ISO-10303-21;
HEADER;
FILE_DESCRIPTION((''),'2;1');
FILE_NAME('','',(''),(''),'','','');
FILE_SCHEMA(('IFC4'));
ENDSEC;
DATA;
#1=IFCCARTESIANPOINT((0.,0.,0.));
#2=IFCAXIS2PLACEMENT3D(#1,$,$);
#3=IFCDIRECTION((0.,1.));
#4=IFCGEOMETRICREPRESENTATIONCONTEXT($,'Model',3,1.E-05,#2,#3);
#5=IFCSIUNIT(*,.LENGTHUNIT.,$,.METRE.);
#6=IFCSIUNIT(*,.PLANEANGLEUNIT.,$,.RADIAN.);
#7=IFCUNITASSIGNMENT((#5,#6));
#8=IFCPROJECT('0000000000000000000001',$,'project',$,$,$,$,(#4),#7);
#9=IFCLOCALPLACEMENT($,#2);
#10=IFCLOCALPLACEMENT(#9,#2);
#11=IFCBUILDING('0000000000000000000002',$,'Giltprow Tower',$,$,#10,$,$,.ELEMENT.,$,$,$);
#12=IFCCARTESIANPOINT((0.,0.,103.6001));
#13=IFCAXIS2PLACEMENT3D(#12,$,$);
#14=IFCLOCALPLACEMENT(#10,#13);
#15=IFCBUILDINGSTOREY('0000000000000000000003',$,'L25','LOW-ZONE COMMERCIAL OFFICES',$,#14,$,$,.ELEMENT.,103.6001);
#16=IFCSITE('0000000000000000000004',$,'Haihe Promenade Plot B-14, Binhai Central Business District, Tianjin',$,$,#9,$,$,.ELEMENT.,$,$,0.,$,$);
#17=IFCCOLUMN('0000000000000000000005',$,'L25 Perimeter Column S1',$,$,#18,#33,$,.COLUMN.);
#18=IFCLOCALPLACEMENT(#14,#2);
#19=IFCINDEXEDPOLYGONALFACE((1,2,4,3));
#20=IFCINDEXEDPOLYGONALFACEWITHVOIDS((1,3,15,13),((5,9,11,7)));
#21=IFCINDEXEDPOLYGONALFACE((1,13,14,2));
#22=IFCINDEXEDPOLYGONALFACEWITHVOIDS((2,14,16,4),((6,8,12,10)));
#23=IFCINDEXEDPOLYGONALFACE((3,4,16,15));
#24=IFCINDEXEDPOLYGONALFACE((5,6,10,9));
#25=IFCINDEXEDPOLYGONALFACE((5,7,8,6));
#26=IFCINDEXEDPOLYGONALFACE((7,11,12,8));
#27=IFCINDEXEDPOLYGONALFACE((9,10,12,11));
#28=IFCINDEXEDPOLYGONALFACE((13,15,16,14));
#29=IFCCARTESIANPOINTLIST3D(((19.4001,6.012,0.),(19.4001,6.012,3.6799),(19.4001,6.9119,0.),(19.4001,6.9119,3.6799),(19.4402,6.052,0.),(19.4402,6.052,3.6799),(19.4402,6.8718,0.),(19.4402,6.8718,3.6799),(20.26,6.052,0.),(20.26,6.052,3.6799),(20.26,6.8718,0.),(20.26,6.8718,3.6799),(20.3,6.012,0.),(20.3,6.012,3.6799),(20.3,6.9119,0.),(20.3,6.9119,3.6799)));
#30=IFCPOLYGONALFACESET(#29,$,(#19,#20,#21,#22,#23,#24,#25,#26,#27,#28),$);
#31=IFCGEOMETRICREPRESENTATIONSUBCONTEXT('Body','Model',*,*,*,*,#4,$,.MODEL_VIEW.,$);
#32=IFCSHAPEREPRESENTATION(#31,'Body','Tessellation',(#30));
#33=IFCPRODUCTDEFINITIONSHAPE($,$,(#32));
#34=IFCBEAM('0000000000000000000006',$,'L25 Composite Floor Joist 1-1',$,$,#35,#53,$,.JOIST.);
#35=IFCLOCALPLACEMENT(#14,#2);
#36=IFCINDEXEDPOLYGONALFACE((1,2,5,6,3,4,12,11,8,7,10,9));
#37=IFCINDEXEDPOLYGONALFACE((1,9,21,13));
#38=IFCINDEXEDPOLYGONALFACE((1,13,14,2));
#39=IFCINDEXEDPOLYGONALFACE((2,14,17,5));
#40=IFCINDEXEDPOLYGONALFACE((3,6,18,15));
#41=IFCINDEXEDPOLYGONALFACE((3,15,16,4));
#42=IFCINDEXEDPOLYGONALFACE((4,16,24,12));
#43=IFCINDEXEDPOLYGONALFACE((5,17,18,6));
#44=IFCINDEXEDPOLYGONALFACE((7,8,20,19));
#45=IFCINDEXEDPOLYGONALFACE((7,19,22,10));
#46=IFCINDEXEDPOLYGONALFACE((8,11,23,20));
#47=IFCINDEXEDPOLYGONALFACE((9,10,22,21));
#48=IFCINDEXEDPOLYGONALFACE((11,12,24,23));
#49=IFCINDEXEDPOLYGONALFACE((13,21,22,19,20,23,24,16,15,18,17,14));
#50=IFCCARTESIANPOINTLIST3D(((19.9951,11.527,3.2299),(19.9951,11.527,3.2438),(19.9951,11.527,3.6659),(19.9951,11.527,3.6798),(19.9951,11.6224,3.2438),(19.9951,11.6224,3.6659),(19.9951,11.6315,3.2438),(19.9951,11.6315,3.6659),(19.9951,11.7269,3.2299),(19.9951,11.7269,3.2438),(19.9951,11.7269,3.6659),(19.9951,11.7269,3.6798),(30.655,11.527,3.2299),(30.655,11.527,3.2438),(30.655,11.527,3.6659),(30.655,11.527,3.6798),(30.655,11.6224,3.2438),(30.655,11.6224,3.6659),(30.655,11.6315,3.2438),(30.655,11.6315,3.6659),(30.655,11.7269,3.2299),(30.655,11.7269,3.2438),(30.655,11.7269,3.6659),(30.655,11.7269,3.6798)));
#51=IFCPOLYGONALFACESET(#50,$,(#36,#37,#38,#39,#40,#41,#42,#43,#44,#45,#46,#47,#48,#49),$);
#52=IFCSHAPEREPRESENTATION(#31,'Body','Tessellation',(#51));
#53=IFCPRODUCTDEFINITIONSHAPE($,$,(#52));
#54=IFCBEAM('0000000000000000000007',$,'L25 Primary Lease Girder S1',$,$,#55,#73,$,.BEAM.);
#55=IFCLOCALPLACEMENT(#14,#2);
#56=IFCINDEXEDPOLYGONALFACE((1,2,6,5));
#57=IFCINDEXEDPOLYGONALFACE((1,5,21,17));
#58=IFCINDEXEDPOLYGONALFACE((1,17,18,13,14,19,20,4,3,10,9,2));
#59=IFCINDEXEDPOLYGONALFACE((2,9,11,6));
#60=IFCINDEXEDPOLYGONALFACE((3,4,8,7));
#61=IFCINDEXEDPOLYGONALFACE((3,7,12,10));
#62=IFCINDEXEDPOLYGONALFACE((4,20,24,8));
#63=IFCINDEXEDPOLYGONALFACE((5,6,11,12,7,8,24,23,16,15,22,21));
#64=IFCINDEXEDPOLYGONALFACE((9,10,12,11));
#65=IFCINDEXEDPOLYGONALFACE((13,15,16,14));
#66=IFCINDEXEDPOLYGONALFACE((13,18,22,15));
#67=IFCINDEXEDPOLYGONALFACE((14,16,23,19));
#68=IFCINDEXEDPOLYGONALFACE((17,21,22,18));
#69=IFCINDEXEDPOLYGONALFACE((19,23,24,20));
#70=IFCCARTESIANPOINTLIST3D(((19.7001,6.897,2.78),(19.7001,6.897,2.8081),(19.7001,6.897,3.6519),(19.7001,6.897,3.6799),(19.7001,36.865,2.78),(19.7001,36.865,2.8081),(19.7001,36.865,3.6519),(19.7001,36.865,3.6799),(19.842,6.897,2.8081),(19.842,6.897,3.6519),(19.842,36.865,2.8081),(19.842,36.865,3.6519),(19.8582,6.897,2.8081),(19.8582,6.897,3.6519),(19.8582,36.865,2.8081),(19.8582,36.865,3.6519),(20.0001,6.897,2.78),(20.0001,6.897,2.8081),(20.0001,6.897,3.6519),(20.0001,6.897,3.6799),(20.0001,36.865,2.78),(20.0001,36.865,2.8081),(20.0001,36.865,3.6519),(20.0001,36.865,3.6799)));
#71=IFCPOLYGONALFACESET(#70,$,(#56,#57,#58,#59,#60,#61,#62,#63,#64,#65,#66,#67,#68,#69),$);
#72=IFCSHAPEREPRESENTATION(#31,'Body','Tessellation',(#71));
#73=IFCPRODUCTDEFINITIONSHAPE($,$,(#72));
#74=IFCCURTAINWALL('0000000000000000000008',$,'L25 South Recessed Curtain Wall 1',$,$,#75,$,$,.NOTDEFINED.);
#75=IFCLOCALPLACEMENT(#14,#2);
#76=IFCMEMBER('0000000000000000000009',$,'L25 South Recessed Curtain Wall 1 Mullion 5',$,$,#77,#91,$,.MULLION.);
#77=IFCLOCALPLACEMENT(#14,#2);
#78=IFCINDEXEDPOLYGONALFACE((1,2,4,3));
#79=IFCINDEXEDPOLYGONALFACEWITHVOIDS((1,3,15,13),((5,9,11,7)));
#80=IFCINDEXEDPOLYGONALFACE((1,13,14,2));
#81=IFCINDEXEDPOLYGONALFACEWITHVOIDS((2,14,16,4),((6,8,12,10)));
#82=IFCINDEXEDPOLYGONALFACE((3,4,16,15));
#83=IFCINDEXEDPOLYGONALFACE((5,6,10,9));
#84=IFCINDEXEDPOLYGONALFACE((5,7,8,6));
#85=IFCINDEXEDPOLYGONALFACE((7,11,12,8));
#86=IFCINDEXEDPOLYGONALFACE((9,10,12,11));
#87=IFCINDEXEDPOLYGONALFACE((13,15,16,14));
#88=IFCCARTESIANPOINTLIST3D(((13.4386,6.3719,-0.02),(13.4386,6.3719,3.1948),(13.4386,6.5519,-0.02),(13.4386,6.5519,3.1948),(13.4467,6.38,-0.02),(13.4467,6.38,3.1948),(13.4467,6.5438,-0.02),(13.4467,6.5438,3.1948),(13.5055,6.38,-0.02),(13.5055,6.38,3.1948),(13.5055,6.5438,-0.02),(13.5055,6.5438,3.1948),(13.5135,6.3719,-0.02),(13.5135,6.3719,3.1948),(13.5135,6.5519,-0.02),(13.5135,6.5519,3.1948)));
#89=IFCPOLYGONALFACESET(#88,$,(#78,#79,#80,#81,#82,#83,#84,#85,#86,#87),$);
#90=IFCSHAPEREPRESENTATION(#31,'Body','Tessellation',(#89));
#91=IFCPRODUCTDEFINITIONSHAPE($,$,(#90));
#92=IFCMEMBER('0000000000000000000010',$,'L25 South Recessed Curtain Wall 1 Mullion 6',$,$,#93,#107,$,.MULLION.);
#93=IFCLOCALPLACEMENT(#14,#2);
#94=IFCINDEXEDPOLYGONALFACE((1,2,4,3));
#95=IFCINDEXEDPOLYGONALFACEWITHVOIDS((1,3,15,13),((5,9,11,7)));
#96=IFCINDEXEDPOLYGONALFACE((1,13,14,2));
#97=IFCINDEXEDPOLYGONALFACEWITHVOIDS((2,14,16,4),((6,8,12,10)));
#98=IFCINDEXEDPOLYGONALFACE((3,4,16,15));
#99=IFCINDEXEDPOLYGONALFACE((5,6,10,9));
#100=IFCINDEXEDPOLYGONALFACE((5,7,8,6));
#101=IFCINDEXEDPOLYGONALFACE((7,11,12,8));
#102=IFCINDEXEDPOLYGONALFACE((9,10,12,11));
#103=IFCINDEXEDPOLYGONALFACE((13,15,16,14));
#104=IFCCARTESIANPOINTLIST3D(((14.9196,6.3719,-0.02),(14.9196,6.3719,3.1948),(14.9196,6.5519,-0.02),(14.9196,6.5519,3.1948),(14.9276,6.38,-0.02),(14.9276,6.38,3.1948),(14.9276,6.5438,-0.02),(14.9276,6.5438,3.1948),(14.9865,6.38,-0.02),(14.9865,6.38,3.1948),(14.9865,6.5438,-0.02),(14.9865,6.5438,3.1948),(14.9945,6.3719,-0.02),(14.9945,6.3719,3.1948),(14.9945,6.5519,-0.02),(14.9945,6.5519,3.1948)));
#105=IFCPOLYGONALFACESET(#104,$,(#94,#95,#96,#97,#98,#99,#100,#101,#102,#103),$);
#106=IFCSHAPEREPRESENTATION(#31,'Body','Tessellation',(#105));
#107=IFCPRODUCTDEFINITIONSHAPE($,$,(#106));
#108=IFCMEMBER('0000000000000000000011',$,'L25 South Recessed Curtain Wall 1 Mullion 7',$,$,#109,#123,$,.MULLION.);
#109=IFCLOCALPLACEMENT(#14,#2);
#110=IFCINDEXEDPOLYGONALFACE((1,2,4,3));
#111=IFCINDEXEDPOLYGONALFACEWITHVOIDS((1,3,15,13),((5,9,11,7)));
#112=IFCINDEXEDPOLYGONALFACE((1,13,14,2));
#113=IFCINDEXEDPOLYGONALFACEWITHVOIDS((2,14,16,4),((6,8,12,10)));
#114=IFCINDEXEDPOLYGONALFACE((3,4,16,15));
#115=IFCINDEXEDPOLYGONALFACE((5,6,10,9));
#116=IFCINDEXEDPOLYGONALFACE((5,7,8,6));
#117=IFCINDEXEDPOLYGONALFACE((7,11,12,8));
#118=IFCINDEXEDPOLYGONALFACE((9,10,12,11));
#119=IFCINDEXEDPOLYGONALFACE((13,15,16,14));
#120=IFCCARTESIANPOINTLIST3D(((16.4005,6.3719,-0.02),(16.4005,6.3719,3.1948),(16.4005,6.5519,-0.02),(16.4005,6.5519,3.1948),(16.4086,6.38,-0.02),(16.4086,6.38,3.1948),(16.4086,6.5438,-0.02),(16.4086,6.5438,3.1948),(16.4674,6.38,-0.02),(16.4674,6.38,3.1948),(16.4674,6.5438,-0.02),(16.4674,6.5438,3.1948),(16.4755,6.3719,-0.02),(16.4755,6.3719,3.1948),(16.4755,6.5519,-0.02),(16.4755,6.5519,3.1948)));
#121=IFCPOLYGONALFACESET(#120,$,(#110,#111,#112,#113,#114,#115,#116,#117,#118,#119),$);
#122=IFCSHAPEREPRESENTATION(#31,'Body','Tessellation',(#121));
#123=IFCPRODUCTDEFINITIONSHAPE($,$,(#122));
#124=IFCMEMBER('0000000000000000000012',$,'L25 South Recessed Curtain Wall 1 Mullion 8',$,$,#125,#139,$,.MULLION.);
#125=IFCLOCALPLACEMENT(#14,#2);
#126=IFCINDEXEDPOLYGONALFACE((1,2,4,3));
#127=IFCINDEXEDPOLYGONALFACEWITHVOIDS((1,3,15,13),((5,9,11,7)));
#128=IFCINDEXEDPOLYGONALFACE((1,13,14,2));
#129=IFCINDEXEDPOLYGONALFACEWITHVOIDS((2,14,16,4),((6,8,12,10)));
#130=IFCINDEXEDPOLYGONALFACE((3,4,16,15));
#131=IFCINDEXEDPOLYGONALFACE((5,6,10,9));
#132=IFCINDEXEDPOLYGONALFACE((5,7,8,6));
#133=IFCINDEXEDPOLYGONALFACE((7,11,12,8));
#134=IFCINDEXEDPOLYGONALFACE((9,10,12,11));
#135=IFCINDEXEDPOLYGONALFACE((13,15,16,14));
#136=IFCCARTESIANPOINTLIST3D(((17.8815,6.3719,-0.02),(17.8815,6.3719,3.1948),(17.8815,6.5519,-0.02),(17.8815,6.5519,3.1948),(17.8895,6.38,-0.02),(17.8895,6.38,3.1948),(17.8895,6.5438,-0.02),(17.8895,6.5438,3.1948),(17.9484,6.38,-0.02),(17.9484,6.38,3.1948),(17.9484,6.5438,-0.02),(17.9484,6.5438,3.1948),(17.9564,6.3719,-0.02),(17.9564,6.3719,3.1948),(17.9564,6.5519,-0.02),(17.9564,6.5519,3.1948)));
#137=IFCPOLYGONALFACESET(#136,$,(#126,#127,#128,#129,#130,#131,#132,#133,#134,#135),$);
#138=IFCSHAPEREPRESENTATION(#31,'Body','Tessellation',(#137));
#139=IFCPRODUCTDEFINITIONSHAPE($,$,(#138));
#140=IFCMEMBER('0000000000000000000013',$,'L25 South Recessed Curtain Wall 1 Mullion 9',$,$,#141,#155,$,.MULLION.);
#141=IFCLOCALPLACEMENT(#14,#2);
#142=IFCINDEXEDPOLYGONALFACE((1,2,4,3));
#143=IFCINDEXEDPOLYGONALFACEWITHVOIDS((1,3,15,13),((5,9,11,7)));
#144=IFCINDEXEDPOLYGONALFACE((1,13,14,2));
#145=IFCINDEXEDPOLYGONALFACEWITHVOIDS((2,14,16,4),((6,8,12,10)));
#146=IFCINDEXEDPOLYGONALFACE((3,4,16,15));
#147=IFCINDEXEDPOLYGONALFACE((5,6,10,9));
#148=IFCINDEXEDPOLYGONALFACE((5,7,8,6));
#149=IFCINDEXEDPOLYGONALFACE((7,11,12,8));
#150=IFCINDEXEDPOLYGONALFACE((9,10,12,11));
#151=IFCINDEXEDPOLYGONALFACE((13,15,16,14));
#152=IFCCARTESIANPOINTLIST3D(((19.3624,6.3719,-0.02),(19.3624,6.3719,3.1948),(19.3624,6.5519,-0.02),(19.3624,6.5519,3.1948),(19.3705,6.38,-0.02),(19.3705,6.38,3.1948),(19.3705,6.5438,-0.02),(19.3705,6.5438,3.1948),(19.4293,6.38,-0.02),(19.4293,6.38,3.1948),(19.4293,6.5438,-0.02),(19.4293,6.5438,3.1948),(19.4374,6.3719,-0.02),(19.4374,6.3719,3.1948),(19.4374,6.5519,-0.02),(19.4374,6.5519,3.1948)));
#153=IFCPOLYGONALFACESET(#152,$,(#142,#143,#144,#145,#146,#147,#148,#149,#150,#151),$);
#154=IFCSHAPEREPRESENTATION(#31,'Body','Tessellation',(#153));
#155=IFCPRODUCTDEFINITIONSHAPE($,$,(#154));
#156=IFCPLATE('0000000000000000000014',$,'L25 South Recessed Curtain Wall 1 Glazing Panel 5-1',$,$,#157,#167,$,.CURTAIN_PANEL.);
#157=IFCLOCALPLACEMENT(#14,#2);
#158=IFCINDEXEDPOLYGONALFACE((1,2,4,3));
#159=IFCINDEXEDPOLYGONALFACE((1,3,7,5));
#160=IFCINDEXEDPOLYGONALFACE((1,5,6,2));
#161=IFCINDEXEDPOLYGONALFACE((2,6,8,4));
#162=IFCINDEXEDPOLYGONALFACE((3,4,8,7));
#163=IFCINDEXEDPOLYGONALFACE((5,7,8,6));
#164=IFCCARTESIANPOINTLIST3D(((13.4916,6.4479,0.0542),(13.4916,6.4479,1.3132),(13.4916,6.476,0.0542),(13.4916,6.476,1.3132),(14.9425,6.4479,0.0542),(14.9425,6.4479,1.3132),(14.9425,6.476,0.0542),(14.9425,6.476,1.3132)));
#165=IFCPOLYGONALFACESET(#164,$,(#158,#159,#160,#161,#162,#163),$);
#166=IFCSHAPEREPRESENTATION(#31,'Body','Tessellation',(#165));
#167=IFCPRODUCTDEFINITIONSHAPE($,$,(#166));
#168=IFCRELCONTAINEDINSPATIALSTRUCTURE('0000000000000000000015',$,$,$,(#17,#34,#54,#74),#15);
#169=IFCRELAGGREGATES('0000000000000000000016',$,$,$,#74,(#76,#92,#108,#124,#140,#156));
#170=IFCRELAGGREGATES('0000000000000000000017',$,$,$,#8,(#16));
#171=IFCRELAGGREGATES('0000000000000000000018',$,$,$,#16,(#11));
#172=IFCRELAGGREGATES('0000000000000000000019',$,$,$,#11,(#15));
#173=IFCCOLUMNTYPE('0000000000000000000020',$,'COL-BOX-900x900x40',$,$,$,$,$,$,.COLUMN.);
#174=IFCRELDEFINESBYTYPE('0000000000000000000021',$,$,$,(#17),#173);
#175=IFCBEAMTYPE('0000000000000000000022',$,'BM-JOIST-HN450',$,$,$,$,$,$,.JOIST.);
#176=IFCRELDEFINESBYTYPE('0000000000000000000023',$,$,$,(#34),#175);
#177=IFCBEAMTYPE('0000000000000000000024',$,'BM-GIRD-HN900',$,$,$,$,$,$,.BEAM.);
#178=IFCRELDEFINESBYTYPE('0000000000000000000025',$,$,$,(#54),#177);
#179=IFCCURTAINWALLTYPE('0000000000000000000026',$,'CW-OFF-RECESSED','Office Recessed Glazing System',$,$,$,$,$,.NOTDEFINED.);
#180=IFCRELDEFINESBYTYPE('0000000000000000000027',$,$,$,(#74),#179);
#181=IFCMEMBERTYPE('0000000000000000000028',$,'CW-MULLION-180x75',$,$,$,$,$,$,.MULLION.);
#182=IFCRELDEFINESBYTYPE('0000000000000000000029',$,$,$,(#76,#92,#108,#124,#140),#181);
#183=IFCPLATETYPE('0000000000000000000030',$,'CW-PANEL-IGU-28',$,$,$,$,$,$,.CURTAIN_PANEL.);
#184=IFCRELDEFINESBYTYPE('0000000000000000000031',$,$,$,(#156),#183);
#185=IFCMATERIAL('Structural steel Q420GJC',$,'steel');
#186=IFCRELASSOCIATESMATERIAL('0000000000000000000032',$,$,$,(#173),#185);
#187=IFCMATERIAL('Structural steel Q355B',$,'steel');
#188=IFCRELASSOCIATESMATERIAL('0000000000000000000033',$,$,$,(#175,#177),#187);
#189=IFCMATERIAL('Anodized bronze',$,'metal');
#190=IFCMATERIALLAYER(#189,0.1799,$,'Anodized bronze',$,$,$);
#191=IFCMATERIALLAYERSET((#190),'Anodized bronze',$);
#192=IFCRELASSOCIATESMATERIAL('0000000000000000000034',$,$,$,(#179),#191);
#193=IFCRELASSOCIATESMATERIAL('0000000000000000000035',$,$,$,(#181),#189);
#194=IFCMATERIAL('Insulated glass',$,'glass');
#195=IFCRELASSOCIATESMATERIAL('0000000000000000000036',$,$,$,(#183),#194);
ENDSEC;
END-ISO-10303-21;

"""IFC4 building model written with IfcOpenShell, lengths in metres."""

from ifc_helpers import new_model, si_unit, direction, frame, origin, origin_2d, place, context, subcontext, project, spatial, rectangle, hollow_rectangle, i_section, extrude, source, transform, mapped, material, layer, layer_set, material_profile, profile_set, type_object, element, aggregate, save


model = new_model("IFC4")

# Units and contexts
model_context = context("Model", 3, precision=1e-05, world=origin(), true_north=direction((0.0, 1.0)))
body_context = subcontext(model_context, "Body", "Model", "MODEL_VIEW")
ifc_project = project(units=[si_unit("LENGTHUNIT", "METRE"), si_unit("PLANEANGLEUNIT", "RADIAN")], contexts=[model_context])

# Site, building, storey
site_placement = place(None, origin())
site = spatial("IfcSite", under=ifc_project, at=site_placement, Name="Haihe Promenade Plot B-14, Binhai Central Business District, Tianjin", CompositionType="ELEMENT", RefElevation=0.0)
building_placement = place(site_placement, origin())
building = spatial("IfcBuilding", under=site, at=building_placement, Name="Giltprow Tower", CompositionType="ELEMENT")
storey_placement = place(building_placement, frame((0.0, 0.0, 103.6001)))
storey = spatial("IfcBuildingStorey", under=building, at=storey_placement, Name="L25", Description="LOW-ZONE COMMERCIAL OFFICES", CompositionType="ELEMENT", Elevation=103.6001)

# Column
ifc_material_1 = material(Name="Structural steel Q420GJC", Category="steel")
ifc_material_profile_1 = material_profile(ifc_material_1, hollow_rectangle(XDim=0.8999, YDim=0.8999, WallThickness=0.04, at=origin_2d()), Name="BOX 900x900x40")
ifc_profile_set_1 = profile_set([ifc_material_profile_1], Name="Structural steel Q420GJC")
column_type = type_object("IfcColumnType", Name="COL-BOX-900x900x40", PredefinedType="COLUMN", material=ifc_profile_set_1)
shared_shape_1 = source(origin(), body_context, "Body", "SweptSolid", [
    extrude(hollow_rectangle(XDim=0.8999, YDim=0.8999, WallThickness=0.04, at=origin_2d()), origin(), (0.0, 0.0, 1.0), 3.6799),
])
column_placement = place(storey_placement, frame((19.8501, 6.4619, 0.0), z_axis=(0.0, 0.0, 1.0), x_axis=(1.0, 0.0, 0.0)))
element("IfcColumn", 1, at=column_placement, inside=storey, type_object=column_type, Name="L25 Perimeter Column S1", PredefinedType="COLUMN", context=body_context, shape_type="MappedRepresentation", body=[
    mapped(shared_shape_1, transform((0.0, 0.0, 0.0), x_axis=(1.0, 0.0, 0.0), y_axis=(0.0, 1.0, 0.0), z_axis=(0.0, 0.0, 1.0), scale=1.0)),
])

# Beams
ifc_material_2 = material(Name="Structural steel Q355B", Category="steel")
ifc_material_profile_2 = material_profile(ifc_material_2, i_section(OverallWidth=0.2, OverallDepth=0.45, WebThickness=0.009, FlangeThickness=0.0139, at=origin_2d()), Name="HN 450x200x9x14")
ifc_profile_set_2 = profile_set([ifc_material_profile_2], Name="Structural steel Q355B")
beam_type_1 = type_object("IfcBeamType", Name="BM-JOIST-HN450", PredefinedType="JOIST", material=ifc_profile_set_2)
shared_shape_2 = source(origin(), body_context, "Body", "SweptSolid", [
    extrude(i_section(OverallWidth=0.2, OverallDepth=0.45, WebThickness=0.009, FlangeThickness=0.0139, at=origin_2d()), origin(), (0.0, 0.0, 1.0), 10.6599),
])
beam_1_placement = place(storey_placement, frame((19.9951, 11.627, 3.4548), z_axis=(1.0, 0.0, 0.0), x_axis=(0.0, 1.0, 0.0)))
element("IfcBeam", 2, at=beam_1_placement, inside=storey, type_object=beam_type_1, Name="L25 Composite Floor Joist 1-1", PredefinedType="JOIST", context=body_context, shape_type="MappedRepresentation", body=[
    mapped(shared_shape_2, transform((0.0, 0.0, 0.0), x_axis=(1.0, 0.0, 0.0), y_axis=(0.0, 1.0, 0.0), z_axis=(0.0, 0.0, 1.0), scale=1.0)),
])
ifc_material_profile_3 = material_profile(ifc_material_2, i_section(OverallWidth=0.3, OverallDepth=0.8999, WebThickness=0.0161, FlangeThickness=0.0281, at=origin_2d()), Name="HN 900x300x16x28")
ifc_profile_set_3 = profile_set([ifc_material_profile_3], Name="Structural steel Q355B")
beam_type_2 = type_object("IfcBeamType", Name="BM-GIRD-HN900", PredefinedType="BEAM", material=ifc_profile_set_3)
shared_shape_3 = source(origin(), body_context, "Body", "SweptSolid", [
    extrude(i_section(OverallWidth=0.3, OverallDepth=0.8999, WebThickness=0.0161, FlangeThickness=0.0281, at=origin_2d()), origin(), (0.0, 0.0, 1.0), 29.968),
])
beam_2_placement = place(storey_placement, frame((19.8501, 6.897, 3.23), z_axis=(0.0, 1.0, 0.0), x_axis=(-1.0, 0.0, 0.0)))
element("IfcBeam", 3, at=beam_2_placement, inside=storey, type_object=beam_type_2, Name="L25 Primary Lease Girder S1", PredefinedType="BEAM", context=body_context, shape_type="MappedRepresentation", body=[
    mapped(shared_shape_3, transform((0.0, 0.0, 0.0), x_axis=(1.0, 0.0, 0.0), y_axis=(0.0, 1.0, 0.0), z_axis=(0.0, 0.0, 1.0), scale=1.0)),
])

# Curtain wall, members, plate
ifc_material_3 = material(Name="Anodized bronze", Category="metal")
ifc_layer = layer(ifc_material_3, 0.1799, Name="Anodized bronze")
ifc_layer_set = layer_set([ifc_layer], Name="Anodized bronze")
curtain_wall_type = type_object("IfcCurtainWallType", Name="CW-OFF-RECESSED", Description="Office Recessed Glazing System", PredefinedType="NOTDEFINED", material=ifc_layer_set)
curtain_wall_placement = place(storey_placement, origin())
curtain_wall = element("IfcCurtainWall", 4, at=curtain_wall_placement, inside=storey, type_object=curtain_wall_type, Name="L25 South Recessed Curtain Wall 1", PredefinedType="NOTDEFINED")
ifc_material_profile_4 = material_profile(ifc_material_3, hollow_rectangle(XDim=0.075, YDim=0.1799, WallThickness=0.0081, at=origin_2d()), Name="RHS 180x75x8")
ifc_profile_set_4 = profile_set([ifc_material_profile_4], Name="Anodized bronze")
member_type = type_object("IfcMemberType", Name="CW-MULLION-180x75", PredefinedType="MULLION", material=ifc_profile_set_4)
shared_shape_4 = source(origin(), body_context, "Body", "SweptSolid", [
    extrude(hollow_rectangle(XDim=0.075, YDim=0.1799, WallThickness=0.0081, at=origin_2d()), origin(), (0.0, 0.0, 1.0), 3.2148),
])
member_1_placement = place(storey_placement, frame((13.4761, 6.4619, -0.02), z_axis=(0.0, 0.0, 1.0), x_axis=(1.0, 0.0, 0.0)))
member_1 = element("IfcMember", 5, at=member_1_placement, type_object=member_type, Name="L25 South Recessed Curtain Wall 1 Mullion 5", PredefinedType="MULLION", context=body_context, shape_type="MappedRepresentation", body=[
    mapped(shared_shape_4, transform((0.0, 0.0, 0.0), x_axis=(1.0, 0.0, 0.0), y_axis=(0.0, 1.0, 0.0), z_axis=(0.0, 0.0, 1.0), scale=1.0)),
])
member_2_placement = place(storey_placement, frame((14.957, 6.4619, -0.02), z_axis=(0.0, 0.0, 1.0), x_axis=(1.0, 0.0, 0.0)))
member_2 = element("IfcMember", 6, at=member_2_placement, type_object=member_type, Name="L25 South Recessed Curtain Wall 1 Mullion 6", PredefinedType="MULLION", context=body_context, shape_type="MappedRepresentation", body=[
    mapped(shared_shape_4, transform((0.0, 0.0, 0.0), x_axis=(1.0, 0.0, 0.0), y_axis=(0.0, 1.0, 0.0), z_axis=(0.0, 0.0, 1.0), scale=1.0)),
])
member_3_placement = place(storey_placement, frame((16.438, 6.4619, -0.02), z_axis=(0.0, 0.0, 1.0), x_axis=(1.0, 0.0, 0.0)))
member_3 = element("IfcMember", 7, at=member_3_placement, type_object=member_type, Name="L25 South Recessed Curtain Wall 1 Mullion 7", PredefinedType="MULLION", context=body_context, shape_type="MappedRepresentation", body=[
    mapped(shared_shape_4, transform((0.0, 0.0, 0.0), x_axis=(1.0, 0.0, 0.0), y_axis=(0.0, 1.0, 0.0), z_axis=(0.0, 0.0, 1.0), scale=1.0)),
])
member_4_placement = place(storey_placement, frame((17.9189, 6.4619, -0.02), z_axis=(0.0, 0.0, 1.0), x_axis=(1.0, 0.0, 0.0)))
member_4 = element("IfcMember", 8, at=member_4_placement, type_object=member_type, Name="L25 South Recessed Curtain Wall 1 Mullion 8", PredefinedType="MULLION", context=body_context, shape_type="MappedRepresentation", body=[
    mapped(shared_shape_4, transform((0.0, 0.0, 0.0), x_axis=(1.0, 0.0, 0.0), y_axis=(0.0, 1.0, 0.0), z_axis=(0.0, 0.0, 1.0), scale=1.0)),
])
member_5_placement = place(storey_placement, frame((19.3999, 6.4619, -0.02), z_axis=(0.0, 0.0, 1.0), x_axis=(1.0, 0.0, 0.0)))
member_5 = element("IfcMember", 9, at=member_5_placement, type_object=member_type, Name="L25 South Recessed Curtain Wall 1 Mullion 9", PredefinedType="MULLION", context=body_context, shape_type="MappedRepresentation", body=[
    mapped(shared_shape_4, transform((0.0, 0.0, 0.0), x_axis=(1.0, 0.0, 0.0), y_axis=(0.0, 1.0, 0.0), z_axis=(0.0, 0.0, 1.0), scale=1.0)),
])
ifc_material_4 = material(Name="Insulated glass", Category="glass")
plate_type = type_object("IfcPlateType", Name="CW-PANEL-IGU-28", PredefinedType="CURTAIN_PANEL", material=ifc_material_4)
shared_shape_5 = source(origin(), body_context, "Body", "SweptSolid", [
    extrude(rectangle(XDim=1.4509, YDim=0.0281, at=origin_2d()), origin(), (0.0, 0.0, 1.0), 1.259),
])
plate_1_placement = place(storey_placement, frame((14.217, 6.4619, 0.0542), z_axis=(0.0, 0.0, 1.0), x_axis=(1.0, 0.0, 0.0)))
plate_1 = element("IfcPlate", 10, at=plate_1_placement, type_object=plate_type, Name="L25 South Recessed Curtain Wall 1 Glazing Panel 5-1", PredefinedType="CURTAIN_PANEL", context=body_context, shape_type="MappedRepresentation", body=[
    mapped(shared_shape_5, transform((0.0, 0.0, 0.0), x_axis=(1.0, 0.0, 0.0), y_axis=(0.0, 1.0, 0.0), z_axis=(0.0, 0.0, 1.0), scale=1.0)),
])
aggregate(curtain_wall, [member_1, member_2, member_3, member_4, member_5, plate_1])

save(model, "model.ifc")
